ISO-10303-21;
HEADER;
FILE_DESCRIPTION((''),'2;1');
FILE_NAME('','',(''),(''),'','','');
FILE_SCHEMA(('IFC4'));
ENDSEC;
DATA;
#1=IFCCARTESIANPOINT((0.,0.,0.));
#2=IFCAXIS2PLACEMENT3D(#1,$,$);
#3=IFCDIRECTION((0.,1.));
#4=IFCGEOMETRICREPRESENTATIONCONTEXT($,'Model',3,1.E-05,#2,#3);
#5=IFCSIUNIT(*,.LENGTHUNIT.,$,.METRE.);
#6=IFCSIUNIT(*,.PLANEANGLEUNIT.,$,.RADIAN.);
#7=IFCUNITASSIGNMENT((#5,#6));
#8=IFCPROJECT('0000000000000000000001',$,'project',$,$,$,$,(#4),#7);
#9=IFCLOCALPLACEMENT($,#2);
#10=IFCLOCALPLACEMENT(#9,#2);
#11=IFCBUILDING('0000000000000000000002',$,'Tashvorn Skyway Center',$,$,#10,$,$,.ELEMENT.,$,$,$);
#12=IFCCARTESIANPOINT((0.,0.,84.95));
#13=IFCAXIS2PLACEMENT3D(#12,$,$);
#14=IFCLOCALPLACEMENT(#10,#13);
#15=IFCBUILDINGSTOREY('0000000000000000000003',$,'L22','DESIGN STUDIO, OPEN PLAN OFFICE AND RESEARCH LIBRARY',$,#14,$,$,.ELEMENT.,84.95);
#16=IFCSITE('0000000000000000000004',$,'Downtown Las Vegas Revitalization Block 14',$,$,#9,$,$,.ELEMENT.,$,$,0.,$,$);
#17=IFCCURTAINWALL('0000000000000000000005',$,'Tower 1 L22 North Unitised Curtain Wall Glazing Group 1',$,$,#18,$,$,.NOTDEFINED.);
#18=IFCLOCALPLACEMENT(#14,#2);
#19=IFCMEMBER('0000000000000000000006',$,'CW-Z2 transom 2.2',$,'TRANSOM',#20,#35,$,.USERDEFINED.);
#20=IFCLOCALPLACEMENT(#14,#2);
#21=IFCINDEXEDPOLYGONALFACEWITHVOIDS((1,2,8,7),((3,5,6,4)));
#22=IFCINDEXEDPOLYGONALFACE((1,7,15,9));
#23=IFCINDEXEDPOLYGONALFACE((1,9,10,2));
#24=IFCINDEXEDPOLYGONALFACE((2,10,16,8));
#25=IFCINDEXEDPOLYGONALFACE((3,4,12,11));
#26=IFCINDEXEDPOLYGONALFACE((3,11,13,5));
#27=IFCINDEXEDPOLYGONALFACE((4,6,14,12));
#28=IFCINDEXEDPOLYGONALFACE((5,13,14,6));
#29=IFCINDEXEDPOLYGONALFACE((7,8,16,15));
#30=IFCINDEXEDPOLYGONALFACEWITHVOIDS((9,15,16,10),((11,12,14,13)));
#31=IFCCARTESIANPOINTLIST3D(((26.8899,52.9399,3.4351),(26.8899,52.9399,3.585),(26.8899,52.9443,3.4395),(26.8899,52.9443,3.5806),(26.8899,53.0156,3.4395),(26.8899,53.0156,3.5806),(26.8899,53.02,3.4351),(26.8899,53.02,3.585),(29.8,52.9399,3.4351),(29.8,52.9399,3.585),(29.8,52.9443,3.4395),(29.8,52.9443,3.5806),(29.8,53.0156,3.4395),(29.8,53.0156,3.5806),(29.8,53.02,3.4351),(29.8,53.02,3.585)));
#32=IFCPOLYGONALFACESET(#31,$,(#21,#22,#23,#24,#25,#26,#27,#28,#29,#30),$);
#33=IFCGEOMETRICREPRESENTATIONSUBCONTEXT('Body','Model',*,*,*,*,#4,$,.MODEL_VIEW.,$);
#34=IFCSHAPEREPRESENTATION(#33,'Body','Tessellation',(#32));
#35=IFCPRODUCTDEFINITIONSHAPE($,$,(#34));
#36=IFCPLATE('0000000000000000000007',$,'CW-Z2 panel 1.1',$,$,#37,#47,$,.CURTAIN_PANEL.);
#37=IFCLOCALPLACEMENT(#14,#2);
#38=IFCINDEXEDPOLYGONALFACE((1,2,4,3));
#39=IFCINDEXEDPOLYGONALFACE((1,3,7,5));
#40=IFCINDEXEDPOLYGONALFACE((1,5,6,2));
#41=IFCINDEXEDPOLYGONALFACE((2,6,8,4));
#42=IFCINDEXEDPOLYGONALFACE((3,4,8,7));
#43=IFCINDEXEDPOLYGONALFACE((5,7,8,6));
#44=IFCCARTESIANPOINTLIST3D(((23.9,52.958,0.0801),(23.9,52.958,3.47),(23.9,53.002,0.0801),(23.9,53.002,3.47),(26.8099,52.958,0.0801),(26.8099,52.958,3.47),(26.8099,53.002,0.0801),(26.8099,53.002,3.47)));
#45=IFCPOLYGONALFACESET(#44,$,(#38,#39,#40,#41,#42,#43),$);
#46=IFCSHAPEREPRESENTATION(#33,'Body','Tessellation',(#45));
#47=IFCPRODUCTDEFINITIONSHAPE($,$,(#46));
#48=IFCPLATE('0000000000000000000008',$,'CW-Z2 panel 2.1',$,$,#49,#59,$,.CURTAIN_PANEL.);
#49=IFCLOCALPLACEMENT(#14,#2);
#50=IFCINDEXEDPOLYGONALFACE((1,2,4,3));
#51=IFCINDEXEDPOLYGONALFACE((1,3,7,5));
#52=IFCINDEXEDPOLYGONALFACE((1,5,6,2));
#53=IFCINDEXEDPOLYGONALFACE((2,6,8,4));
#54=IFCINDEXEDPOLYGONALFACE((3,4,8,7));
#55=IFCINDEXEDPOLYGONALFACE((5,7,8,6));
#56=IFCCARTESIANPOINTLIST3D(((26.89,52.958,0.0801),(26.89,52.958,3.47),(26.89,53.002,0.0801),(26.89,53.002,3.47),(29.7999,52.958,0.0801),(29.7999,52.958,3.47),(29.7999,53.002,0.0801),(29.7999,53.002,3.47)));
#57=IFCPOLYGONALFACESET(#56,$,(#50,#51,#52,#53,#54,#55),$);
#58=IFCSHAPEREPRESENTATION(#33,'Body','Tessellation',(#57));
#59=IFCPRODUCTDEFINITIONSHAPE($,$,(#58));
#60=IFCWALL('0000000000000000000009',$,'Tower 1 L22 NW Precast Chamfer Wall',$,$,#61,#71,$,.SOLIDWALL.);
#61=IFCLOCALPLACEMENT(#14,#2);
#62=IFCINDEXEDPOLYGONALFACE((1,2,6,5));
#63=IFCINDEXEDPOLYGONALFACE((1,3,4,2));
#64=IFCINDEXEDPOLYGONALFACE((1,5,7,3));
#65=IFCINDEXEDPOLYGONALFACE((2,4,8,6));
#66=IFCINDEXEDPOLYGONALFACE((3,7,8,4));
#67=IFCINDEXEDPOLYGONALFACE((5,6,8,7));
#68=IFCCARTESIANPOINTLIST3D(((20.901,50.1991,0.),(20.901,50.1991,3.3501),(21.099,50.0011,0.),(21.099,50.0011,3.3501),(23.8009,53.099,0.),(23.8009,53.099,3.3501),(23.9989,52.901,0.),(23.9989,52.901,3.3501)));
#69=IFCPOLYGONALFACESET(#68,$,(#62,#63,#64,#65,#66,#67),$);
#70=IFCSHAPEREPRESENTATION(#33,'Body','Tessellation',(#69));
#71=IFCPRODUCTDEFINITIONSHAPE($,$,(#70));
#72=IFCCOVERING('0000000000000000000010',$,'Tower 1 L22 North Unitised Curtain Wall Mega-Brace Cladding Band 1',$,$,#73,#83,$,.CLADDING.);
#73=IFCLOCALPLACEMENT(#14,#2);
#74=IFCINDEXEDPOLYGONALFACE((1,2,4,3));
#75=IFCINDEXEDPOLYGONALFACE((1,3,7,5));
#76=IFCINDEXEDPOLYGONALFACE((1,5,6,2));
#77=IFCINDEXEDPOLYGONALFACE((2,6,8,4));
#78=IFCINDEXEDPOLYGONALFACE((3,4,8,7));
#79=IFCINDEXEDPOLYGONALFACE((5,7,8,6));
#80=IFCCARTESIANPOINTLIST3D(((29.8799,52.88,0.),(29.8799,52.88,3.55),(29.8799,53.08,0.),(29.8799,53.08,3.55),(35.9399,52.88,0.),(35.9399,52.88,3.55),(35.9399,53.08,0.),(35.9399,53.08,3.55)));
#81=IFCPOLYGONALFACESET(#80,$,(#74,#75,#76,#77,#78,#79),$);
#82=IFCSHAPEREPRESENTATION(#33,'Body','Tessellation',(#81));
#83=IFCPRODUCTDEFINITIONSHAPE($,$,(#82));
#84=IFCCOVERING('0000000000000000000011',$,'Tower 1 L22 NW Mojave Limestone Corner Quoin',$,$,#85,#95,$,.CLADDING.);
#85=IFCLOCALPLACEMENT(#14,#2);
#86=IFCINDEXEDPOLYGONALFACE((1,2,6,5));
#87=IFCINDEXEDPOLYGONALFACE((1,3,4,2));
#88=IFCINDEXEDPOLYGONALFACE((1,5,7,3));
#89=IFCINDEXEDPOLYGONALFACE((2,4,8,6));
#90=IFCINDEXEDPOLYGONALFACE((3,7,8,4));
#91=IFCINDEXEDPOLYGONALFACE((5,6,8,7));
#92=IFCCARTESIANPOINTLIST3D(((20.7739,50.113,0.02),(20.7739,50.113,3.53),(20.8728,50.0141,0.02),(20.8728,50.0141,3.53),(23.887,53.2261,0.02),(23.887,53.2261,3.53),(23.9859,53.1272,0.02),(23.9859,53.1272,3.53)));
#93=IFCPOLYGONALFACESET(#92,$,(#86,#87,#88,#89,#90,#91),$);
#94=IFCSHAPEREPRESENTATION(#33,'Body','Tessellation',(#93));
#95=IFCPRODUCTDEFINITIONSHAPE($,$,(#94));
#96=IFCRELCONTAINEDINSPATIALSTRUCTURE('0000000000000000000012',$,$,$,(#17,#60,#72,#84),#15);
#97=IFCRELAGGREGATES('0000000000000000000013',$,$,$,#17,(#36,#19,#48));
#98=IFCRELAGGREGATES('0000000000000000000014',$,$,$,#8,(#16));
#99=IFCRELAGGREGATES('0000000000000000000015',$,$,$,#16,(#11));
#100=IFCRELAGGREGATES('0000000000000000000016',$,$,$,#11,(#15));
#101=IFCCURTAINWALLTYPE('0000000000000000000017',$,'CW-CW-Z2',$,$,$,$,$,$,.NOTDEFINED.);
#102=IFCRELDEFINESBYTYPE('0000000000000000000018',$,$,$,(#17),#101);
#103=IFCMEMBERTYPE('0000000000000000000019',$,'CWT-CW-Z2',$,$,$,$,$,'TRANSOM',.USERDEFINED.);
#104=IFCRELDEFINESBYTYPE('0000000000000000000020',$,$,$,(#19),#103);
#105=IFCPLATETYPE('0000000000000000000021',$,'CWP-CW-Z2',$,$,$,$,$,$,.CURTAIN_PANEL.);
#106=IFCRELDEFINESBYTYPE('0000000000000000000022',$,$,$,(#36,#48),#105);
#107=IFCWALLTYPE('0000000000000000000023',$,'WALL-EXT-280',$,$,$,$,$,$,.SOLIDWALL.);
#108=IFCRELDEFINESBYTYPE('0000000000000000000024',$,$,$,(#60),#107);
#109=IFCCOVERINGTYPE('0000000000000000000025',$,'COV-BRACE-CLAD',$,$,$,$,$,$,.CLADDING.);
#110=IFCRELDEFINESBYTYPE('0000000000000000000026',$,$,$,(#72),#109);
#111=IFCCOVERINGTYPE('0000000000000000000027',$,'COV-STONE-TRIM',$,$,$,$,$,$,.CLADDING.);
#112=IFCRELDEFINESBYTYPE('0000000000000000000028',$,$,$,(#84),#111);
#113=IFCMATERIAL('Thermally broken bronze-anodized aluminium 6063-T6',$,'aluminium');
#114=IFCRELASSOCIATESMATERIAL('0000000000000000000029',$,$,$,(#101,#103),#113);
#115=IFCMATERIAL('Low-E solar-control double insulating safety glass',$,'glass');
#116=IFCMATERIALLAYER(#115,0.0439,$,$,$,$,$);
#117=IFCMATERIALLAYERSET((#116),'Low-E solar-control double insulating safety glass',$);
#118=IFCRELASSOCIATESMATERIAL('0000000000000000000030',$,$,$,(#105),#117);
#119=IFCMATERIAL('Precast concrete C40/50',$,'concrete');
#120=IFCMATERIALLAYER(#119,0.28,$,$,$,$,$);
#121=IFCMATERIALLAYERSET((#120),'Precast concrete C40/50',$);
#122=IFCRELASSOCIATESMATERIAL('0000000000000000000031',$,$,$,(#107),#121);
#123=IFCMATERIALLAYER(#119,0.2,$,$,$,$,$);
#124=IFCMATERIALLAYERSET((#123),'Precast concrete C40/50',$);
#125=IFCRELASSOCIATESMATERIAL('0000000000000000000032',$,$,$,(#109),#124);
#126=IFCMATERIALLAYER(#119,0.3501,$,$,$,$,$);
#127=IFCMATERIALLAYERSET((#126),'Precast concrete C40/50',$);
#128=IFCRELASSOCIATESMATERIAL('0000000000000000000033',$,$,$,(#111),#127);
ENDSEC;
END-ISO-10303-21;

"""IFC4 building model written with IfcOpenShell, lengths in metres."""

from ifc_helpers import new_model, si_unit, direction, frame, frame_2d, origin, origin_2d, place, context, subcontext, project, spatial, rectangle, hollow_rectangle, extrude, material, layer, layer_set, material_profile, profile_set, type_object, element, aggregate, save


model = new_model("IFC4")

# Units and contexts
model_context = context("Model", 3, precision=1e-05, world=origin(), true_north=direction((0.0, 1.0)))
body_context = subcontext(model_context, "Body", "Model", "MODEL_VIEW")
ifc_project = project(units=[si_unit("LENGTHUNIT", "METRE"), si_unit("PLANEANGLEUNIT", "RADIAN")], contexts=[model_context])

# Site, building, storey
site_placement = place(None, origin())
site = spatial("IfcSite", under=ifc_project, at=site_placement, Name="Downtown Las Vegas Revitalization Block 14", CompositionType="ELEMENT", RefElevation=0.0)
building_placement = place(site_placement, origin())
building = spatial("IfcBuilding", under=site, at=building_placement, Name="Tashvorn Skyway Center", CompositionType="ELEMENT")
storey_placement = place(building_placement, frame((0.0, 0.0, 84.95)))
storey = spatial("IfcBuildingStorey", under=building, at=storey_placement, Name="L22", Description="DESIGN STUDIO, OPEN PLAN OFFICE AND RESEARCH LIBRARY", CompositionType="ELEMENT", Elevation=84.95)

# Shared definitions
ifc_material_1 = material(Name="Thermally broken bronze-anodized aluminium 6063-T6", Category="aluminium")
curtain_wall_type = type_object("IfcCurtainWallType", Name="CW-CW-Z2", PredefinedType="NOTDEFINED", material=ifc_material_1)

# Curtain wall, member, plates
curtain_wall_1_placement = place(storey_placement, origin())
curtain_wall_1 = element("IfcCurtainWall", 1, at=curtain_wall_1_placement, inside=storey, type_object=curtain_wall_type, Name="Tower 1 L22 North Unitised Curtain Wall Glazing Group 1", PredefinedType="NOTDEFINED")
ifc_material_profile_1 = material_profile(ifc_material_1, hollow_rectangle(XDim=0.0801, YDim=0.1499, WallThickness=0.0044, at=origin_2d()), Name="ALU-TRAN-80x150")
ifc_profile_set_1 = profile_set([ifc_material_profile_1], Name="Thermally broken bronze-anodized aluminium 6063-T6")
member_type_1 = type_object("IfcMemberType", Name="CWT-CW-Z2", ElementType="TRANSOM", PredefinedType="USERDEFINED", material=ifc_profile_set_1)
member_1_placement = place(storey_placement, frame((26.8899, 52.98, 3.51), z_axis=(1.0, 0.0, 0.0), x_axis=(0.0, 1.0, 0.0)))
member_1 = element("IfcMember", 2, at=member_1_placement, type_object=member_type_1, Name="CW-Z2 transom 2.2", ObjectType="TRANSOM", PredefinedType="USERDEFINED", context=body_context, shape_type="SweptSolid", body=[
    extrude(hollow_rectangle(XDim=0.0801, YDim=0.1499, WallThickness=0.0044, at=origin_2d()), origin(), (0.0, 0.0, 1.0), 2.9102),
])
ifc_material_2 = material(Name="Low-E solar-control double insulating safety glass", Category="glass")
ifc_layer_1 = layer(ifc_material_2, 0.0439)
ifc_layer_set_1 = layer_set([ifc_layer_1], Name="Low-E solar-control double insulating safety glass")
plate_type = type_object("IfcPlateType", Name="CWP-CW-Z2", PredefinedType="CURTAIN_PANEL", material=ifc_layer_set_1)
plate_1_placement = place(storey_placement, frame((25.355, 52.98, 0.0801), z_axis=(0.0, 0.0, 1.0), x_axis=(1.0, 0.0, 0.0)))
plate_1 = element("IfcPlate", 3, at=plate_1_placement, type_object=plate_type, Name="CW-Z2 panel 1.1", PredefinedType="CURTAIN_PANEL", context=body_context, shape_type="SweptSolid", body=[
    extrude(rectangle(XDim=2.9099, YDim=0.0439, at=origin_2d()), origin(), (0.0, 0.0, 1.0), 3.3899),
])
plate_2_placement = place(storey_placement, frame((28.345, 52.98, 0.0801), z_axis=(0.0, 0.0, 1.0), x_axis=(1.0, 0.0, 0.0)))
plate_2 = element("IfcPlate", 4, at=plate_2_placement, type_object=plate_type, Name="CW-Z2 panel 2.1", PredefinedType="CURTAIN_PANEL", context=body_context, shape_type="SweptSolid", body=[
    extrude(rectangle(XDim=2.9099, YDim=0.0439, at=origin_2d()), origin(), (0.0, 0.0, 1.0), 3.3899),
])
aggregate(curtain_wall_1, [plate_1, member_1, plate_2])

# Wall
ifc_material_3 = material(Name="Precast concrete C40/50", Category="concrete")
ifc_layer_2 = layer(ifc_material_3, 0.28)
ifc_layer_set_2 = layer_set([ifc_layer_2], Name="Precast concrete C40/50")
wall_type = type_object("IfcWallType", Name="WALL-EXT-280", PredefinedType="SOLIDWALL", material=ifc_layer_set_2)
wall_placement = place(storey_placement, frame((21.0, 50.1001, 0.0), z_axis=(0.0, 0.0, 1.0), x_axis=(0.707107, 0.707107, 0.0)))
element("IfcWall", 5, at=wall_placement, inside=storey, type_object=wall_type, Name="Tower 1 L22 NW Precast Chamfer Wall", PredefinedType="SOLIDWALL", context=body_context, shape_type="SweptSolid", body=[
    extrude(rectangle(XDim=4.1011, YDim=0.28, at=frame_2d((2.0505, 0.0))), origin(), (0.0, 0.0, 1.0), 3.3501),
])

# Coverings
ifc_layer_3 = layer(ifc_material_3, 0.2)
ifc_layer_set_3 = layer_set([ifc_layer_3], Name="Precast concrete C40/50")
covering_type_1 = type_object("IfcCoveringType", Name="COV-BRACE-CLAD", PredefinedType="CLADDING", material=ifc_layer_set_3)
covering_1_placement = place(storey_placement, frame((32.9099, 52.98, 0.0), z_axis=(0.0, 0.0, 1.0), x_axis=(1.0, 0.0, 0.0)))
element("IfcCovering", 6, at=covering_1_placement, inside=storey, type_object=covering_type_1, Name="Tower 1 L22 North Unitised Curtain Wall Mega-Brace Cladding Band 1", PredefinedType="CLADDING", context=body_context, shape_type="SweptSolid", body=[
    extrude(rectangle(XDim=6.0601, YDim=0.2, at=origin_2d()), origin(), (0.0, 0.0, 1.0), 3.55),
])
ifc_layer_4 = layer(ifc_material_3, 0.3501)
ifc_layer_set_4 = layer_set([ifc_layer_4], Name="Precast concrete C40/50")
covering_type_2 = type_object("IfcCoveringType", Name="COV-STONE-TRIM", PredefinedType="CLADDING", material=ifc_layer_set_4)
covering_2_placement = place(storey_placement, frame((22.3799, 51.6201, 0.02), z_axis=(0.0, 0.0, 1.0), x_axis=(-0.707107, -0.707107, 0.0)))
element("IfcCovering", 7, at=covering_2_placement, inside=storey, type_object=covering_type_2, Name="Tower 1 L22 NW Mojave Limestone Corner Quoin", PredefinedType="CLADDING", context=body_context, shape_type="SweptSolid", body=[
    extrude(rectangle(XDim=4.4026, YDim=0.1399, at=origin_2d()), origin(), (0.0, 0.0, 1.0), 3.51),
])

save(model, "model.ifc")
